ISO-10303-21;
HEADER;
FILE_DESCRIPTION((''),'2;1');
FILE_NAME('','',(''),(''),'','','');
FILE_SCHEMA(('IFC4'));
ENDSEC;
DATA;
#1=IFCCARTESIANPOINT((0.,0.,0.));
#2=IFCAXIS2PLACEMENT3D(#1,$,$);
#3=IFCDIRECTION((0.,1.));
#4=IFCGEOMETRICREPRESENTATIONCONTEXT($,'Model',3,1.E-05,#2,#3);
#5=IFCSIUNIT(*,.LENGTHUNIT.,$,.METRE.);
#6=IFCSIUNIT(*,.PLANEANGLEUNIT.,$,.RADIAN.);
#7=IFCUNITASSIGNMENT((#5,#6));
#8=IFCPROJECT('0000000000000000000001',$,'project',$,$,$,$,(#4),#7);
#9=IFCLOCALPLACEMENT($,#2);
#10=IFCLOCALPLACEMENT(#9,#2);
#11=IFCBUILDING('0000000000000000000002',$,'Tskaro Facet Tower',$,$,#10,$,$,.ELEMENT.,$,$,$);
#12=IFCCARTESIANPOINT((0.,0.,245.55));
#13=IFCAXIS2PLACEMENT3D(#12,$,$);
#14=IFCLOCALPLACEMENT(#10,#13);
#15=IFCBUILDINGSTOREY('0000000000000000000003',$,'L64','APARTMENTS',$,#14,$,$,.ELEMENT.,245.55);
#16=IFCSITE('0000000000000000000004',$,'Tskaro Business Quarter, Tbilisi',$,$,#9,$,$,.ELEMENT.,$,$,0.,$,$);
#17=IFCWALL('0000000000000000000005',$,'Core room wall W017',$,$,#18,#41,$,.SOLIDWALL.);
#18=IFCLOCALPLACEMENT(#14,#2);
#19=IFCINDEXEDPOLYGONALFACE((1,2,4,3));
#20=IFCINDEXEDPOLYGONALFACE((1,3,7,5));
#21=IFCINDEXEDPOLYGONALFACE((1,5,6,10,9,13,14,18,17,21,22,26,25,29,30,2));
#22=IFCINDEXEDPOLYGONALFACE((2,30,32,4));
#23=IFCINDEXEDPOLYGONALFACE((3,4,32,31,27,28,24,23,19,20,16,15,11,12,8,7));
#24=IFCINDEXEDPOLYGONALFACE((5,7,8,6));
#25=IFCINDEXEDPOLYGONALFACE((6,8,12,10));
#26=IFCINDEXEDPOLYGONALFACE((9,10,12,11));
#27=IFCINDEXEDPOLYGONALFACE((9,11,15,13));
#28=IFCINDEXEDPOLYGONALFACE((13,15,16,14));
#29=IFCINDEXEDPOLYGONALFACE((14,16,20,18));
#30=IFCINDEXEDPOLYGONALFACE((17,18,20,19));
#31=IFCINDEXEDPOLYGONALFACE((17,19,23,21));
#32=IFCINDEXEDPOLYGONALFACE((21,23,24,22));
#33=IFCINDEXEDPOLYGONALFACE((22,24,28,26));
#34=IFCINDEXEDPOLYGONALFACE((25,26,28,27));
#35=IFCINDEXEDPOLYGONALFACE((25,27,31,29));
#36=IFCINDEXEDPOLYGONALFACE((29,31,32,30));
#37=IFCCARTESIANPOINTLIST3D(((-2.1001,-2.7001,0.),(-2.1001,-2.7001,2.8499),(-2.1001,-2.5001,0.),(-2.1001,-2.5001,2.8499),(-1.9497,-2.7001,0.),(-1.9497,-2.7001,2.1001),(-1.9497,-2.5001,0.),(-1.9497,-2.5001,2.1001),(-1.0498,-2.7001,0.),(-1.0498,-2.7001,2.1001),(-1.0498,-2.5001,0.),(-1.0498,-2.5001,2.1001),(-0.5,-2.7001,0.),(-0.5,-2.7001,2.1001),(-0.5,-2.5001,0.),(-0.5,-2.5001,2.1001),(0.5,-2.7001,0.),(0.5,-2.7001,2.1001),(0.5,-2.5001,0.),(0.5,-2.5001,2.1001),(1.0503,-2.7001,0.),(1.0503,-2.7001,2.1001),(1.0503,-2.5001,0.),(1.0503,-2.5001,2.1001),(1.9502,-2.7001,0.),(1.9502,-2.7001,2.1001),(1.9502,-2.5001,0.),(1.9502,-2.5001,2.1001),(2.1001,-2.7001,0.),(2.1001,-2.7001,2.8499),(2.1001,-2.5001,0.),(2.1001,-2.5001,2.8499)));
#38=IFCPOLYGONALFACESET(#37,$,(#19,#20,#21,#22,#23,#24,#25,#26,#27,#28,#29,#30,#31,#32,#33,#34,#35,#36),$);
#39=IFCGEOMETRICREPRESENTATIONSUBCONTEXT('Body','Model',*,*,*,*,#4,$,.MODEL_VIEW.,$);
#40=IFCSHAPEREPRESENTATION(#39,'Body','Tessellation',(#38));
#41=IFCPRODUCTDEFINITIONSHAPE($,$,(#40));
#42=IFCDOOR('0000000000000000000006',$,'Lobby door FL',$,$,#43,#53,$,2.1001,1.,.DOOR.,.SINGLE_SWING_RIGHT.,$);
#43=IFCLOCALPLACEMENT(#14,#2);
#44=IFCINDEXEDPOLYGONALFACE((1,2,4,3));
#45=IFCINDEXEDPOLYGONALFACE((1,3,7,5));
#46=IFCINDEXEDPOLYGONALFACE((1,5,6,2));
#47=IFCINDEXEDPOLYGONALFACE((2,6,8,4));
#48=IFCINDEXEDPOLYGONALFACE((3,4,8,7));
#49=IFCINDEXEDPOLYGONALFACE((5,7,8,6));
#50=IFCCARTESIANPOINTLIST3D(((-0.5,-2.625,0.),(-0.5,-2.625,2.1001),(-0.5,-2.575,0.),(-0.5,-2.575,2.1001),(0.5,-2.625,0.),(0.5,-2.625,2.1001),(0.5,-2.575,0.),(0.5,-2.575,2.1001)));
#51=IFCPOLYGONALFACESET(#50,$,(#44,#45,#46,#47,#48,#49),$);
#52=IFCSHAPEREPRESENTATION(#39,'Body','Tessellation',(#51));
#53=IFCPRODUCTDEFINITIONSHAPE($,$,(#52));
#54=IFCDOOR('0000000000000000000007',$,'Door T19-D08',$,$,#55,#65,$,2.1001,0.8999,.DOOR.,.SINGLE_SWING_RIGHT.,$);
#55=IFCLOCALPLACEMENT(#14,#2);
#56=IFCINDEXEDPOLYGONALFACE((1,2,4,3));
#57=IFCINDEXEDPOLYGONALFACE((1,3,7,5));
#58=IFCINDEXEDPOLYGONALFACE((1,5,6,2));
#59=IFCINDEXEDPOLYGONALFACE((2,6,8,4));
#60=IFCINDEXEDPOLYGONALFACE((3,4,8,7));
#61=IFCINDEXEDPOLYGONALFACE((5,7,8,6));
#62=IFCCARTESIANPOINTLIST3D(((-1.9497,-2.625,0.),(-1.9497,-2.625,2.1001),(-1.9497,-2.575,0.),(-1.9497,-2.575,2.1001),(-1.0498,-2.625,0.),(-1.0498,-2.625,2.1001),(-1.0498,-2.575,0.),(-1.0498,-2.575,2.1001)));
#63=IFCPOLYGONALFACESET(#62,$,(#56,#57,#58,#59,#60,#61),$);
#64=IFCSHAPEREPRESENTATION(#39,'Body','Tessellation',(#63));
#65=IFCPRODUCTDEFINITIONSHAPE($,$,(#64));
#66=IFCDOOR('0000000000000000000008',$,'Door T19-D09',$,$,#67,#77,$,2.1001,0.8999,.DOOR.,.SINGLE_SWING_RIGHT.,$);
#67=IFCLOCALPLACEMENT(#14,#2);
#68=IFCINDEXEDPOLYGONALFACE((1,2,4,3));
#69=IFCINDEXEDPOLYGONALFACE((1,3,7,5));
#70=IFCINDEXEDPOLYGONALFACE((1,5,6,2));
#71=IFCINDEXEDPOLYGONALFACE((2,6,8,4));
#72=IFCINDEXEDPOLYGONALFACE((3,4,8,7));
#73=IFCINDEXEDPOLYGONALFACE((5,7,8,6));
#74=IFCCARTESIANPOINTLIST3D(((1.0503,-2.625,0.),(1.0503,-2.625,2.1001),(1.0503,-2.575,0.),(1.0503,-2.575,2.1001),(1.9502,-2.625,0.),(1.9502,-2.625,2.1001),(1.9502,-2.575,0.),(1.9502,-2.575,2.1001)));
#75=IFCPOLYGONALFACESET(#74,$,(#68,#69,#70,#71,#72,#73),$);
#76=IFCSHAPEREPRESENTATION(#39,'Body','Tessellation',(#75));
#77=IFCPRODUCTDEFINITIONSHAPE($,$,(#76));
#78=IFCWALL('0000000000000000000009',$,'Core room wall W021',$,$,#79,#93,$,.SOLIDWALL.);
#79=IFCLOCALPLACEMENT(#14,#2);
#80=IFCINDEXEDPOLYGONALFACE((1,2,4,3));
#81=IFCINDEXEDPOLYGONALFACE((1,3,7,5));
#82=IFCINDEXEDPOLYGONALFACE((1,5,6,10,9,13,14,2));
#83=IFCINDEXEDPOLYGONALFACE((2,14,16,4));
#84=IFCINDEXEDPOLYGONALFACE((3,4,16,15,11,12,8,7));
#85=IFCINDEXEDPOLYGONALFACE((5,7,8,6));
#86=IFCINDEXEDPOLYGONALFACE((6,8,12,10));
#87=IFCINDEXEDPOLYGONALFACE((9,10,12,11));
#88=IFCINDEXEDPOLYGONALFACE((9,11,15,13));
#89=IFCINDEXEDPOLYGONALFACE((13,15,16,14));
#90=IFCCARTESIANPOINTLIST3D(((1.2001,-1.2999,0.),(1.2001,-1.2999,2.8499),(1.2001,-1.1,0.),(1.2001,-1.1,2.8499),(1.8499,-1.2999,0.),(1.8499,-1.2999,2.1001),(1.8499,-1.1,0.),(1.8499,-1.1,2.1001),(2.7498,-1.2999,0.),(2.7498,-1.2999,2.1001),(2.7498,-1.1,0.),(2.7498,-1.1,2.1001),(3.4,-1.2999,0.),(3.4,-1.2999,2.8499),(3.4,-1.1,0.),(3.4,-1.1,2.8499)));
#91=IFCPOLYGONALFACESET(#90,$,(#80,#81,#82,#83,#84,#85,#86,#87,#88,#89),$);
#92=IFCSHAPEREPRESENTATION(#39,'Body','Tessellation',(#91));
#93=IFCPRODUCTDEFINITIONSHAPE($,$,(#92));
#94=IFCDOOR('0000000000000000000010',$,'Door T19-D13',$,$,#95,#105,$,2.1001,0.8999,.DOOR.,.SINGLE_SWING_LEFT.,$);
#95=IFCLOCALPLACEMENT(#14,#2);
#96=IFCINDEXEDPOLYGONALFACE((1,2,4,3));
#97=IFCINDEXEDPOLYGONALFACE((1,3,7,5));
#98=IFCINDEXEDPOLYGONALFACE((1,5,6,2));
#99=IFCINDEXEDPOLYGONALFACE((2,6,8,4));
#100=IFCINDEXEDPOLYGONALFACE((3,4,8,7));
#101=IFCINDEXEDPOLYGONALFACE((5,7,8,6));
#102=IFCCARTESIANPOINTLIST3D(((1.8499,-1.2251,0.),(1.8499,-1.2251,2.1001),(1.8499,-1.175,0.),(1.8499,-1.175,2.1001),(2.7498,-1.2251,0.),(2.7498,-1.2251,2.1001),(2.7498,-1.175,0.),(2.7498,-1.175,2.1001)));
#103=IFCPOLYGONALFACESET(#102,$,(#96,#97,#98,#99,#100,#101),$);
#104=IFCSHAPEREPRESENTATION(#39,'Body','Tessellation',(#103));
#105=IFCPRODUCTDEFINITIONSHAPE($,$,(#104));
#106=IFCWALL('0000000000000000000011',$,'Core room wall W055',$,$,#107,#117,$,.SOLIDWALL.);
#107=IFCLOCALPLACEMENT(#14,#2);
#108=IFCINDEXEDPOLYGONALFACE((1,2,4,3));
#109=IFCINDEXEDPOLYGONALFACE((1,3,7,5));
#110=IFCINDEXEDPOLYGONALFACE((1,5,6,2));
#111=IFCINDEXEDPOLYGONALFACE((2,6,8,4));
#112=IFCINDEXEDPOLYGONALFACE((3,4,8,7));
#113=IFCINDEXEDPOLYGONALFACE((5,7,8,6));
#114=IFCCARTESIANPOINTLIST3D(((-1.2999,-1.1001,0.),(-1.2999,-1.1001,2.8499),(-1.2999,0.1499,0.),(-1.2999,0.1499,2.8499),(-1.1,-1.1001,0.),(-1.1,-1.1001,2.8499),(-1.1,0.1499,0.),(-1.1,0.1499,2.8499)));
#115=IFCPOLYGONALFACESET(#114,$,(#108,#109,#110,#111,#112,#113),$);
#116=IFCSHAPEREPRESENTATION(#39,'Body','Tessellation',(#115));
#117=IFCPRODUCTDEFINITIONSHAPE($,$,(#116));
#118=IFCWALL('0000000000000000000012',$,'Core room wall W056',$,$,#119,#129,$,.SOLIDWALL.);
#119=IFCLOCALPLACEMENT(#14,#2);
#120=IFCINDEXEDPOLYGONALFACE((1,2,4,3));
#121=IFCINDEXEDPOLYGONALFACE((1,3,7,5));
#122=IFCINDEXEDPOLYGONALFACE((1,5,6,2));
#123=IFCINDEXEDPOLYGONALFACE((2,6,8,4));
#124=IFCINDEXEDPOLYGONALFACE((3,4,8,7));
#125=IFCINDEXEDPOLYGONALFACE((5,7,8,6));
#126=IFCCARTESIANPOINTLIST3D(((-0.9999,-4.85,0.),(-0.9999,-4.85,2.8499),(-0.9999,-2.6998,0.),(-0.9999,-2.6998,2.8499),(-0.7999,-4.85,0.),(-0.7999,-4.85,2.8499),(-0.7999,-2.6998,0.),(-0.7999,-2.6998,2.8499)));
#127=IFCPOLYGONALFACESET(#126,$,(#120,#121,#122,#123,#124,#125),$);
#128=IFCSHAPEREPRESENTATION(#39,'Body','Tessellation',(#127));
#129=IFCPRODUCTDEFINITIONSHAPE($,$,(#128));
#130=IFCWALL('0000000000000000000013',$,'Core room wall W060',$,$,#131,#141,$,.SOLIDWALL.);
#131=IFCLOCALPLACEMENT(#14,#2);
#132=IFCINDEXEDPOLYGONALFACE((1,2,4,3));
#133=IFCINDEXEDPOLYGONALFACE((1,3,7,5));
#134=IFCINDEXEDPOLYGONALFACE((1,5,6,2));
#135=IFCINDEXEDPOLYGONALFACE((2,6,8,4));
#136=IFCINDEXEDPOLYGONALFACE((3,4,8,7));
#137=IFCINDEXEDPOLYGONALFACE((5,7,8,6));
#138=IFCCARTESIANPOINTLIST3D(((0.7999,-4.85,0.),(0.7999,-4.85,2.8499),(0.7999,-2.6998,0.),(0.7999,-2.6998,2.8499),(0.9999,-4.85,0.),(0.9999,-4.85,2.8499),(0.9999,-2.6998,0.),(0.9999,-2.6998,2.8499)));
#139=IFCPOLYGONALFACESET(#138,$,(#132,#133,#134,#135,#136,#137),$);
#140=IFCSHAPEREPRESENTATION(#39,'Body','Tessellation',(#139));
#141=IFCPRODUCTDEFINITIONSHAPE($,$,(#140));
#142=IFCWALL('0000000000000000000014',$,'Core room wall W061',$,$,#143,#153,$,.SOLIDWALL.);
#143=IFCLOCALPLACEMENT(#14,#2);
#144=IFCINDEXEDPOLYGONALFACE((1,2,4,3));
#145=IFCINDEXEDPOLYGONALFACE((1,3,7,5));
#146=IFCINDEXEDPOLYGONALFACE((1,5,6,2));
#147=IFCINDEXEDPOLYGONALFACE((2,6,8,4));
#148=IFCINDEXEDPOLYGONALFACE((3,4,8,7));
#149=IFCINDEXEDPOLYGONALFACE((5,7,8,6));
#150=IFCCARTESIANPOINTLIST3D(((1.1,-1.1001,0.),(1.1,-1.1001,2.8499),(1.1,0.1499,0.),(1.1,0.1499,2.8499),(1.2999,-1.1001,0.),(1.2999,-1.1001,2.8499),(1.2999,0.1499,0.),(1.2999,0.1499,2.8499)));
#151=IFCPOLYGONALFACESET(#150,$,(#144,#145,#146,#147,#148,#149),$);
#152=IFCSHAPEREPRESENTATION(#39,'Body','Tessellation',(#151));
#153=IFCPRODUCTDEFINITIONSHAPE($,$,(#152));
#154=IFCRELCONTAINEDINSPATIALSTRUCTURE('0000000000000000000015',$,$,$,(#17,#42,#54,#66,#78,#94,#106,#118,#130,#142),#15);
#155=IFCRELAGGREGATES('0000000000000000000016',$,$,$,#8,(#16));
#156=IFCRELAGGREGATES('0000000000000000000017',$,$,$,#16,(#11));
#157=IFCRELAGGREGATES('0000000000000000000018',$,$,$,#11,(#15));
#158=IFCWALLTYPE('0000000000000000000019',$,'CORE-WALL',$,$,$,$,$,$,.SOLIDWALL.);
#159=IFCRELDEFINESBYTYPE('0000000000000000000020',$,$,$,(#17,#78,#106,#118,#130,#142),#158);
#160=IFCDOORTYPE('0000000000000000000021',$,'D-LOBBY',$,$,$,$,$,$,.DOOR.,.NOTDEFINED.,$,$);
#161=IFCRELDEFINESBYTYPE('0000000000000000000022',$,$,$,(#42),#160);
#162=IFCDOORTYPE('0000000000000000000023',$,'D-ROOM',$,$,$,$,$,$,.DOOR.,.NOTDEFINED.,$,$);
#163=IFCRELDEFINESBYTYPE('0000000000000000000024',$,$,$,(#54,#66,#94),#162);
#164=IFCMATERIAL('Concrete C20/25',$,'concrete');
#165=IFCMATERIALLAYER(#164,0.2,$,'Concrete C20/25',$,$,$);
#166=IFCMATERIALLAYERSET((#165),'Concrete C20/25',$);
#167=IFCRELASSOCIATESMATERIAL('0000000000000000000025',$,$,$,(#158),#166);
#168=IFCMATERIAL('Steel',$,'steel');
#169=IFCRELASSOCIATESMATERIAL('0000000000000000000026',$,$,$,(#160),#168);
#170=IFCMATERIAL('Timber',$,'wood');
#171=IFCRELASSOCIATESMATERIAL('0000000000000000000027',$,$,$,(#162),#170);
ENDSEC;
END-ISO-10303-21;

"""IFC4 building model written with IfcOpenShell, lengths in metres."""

from ifc_helpers import new_model, si_unit, direction, frame, frame_2d, origin, place, context, subcontext, project, spatial, rectangle, extrude, material, layer, layer_set, type_object, element, fill, save


model = new_model("IFC4")

# Units and contexts
model_context = context("Model", 3, precision=1e-05, world=origin(), true_north=direction((0.0, 1.0)))
body_context = subcontext(model_context, "Body", "Model", "MODEL_VIEW")
ifc_project = project(units=[si_unit("LENGTHUNIT", "METRE"), si_unit("PLANEANGLEUNIT", "RADIAN")], contexts=[model_context])

# Site, building, storey
site_placement = place(None, origin())
site = spatial("IfcSite", under=ifc_project, at=site_placement, Name="Tskaro Business Quarter, Tbilisi", CompositionType="ELEMENT", RefElevation=0.0)
building_placement = place(site_placement, origin())
building = spatial("IfcBuilding", under=site, at=building_placement, Name="Tskaro Facet Tower", CompositionType="ELEMENT")
storey_placement = place(building_placement, frame((0.0, 0.0, 245.55)))
storey = spatial("IfcBuildingStorey", under=building, at=storey_placement, Name="L64", Description="APARTMENTS", CompositionType="ELEMENT", Elevation=245.55)

# Shared definitions
ifc_material_1 = material(Name="Steel", Category="steel")

# Shared definitions
ifc_material_2 = material(Name="Concrete C20/25", Category="concrete")
ifc_layer_1 = layer(ifc_material_2, 0.2, Name="Concrete C20/25")
ifc_layer_set_1 = layer_set([ifc_layer_1], Name="Concrete C20/25")
wall_type_1 = type_object("IfcWallType", Name="CORE-WALL", PredefinedType="SOLIDWALL", material=ifc_layer_set_1)

# Wall, openings, doors
wall_1_placement = place(storey_placement, frame((2.1001, -2.6001, 0.0), z_axis=(0.0, 0.0, 1.0), x_axis=(-1.0, 0.0, 0.0)))
wall_1 = element("IfcWall", 1, at=wall_1_placement, inside=storey, type_object=wall_type_1, Name="Core room wall W017", PredefinedType="SOLIDWALL", context=body_context, shape_type="SweptSolid", body=[
    extrude(rectangle(XDim=4.2002, YDim=0.2, at=frame_2d((2.1001, 0.0))), origin(), (0.0, 0.0, 1.0), 2.8499),
])
opening_1_placement = place(wall_1_placement, frame((1.6001, 0.0, 0.0)))
opening_1 = element("IfcOpeningElement", 2, at=opening_1_placement, cuts=wall_1, PredefinedType="OPENING", context=body_context, shape_type="SweptSolid", body=[
    extrude(rectangle(XDim=1.0, YDim=2.1001, at=frame_2d((0.5, 1.05))), frame((0.0, 0.1099, 0.0), z_axis=(0.0, -1.0, 0.0), x_axis=(1.0, 0.0, 0.0)), (0.0, 0.0, 1.0), 0.22),
])
opening_2_placement = place(wall_1_placement, frame((3.1499, 0.0, 0.0)))
opening_2 = element("IfcOpeningElement", 3, at=opening_2_placement, cuts=wall_1, PredefinedType="OPENING", context=body_context, shape_type="SweptSolid", body=[
    extrude(rectangle(XDim=0.8999, YDim=2.1001, at=frame_2d((0.45, 1.05))), frame((0.0, 0.1099, 0.0), z_axis=(0.0, -1.0, 0.0), x_axis=(1.0, 0.0, 0.0)), (0.0, 0.0, 1.0), 0.22),
])
opening_3_placement = place(wall_1_placement, frame((0.1499, 0.0, 0.0)))
opening_3 = element("IfcOpeningElement", 4, at=opening_3_placement, cuts=wall_1, PredefinedType="OPENING", context=body_context, shape_type="SweptSolid", body=[
    extrude(rectangle(XDim=0.8999, YDim=2.1001, at=frame_2d((0.45, 1.05))), frame((0.0, 0.1099, 0.0), z_axis=(0.0, -1.0, 0.0), x_axis=(1.0, 0.0, 0.0)), (0.0, 0.0, 1.0), 0.22),
])
door_type_1 = type_object("IfcDoorType", Name="D-LOBBY", OperationType="NOTDEFINED", PredefinedType="DOOR", material=ifc_material_1)
door_1_placement = place(opening_1_placement, origin())
door_1 = element("IfcDoor", 5, at=door_1_placement, inside=storey, type_object=door_type_1, Name="Lobby door FL", OperationType="SINGLE_SWING_RIGHT", OverallHeight=2.1001, OverallWidth=1.0, PredefinedType="DOOR", context=body_context, shape_type="SweptSolid", body=[
    extrude(rectangle(XDim=1.0, YDim=2.1001, at=frame_2d((0.5, 1.05))), frame((0.0, 0.0249, 0.0), z_axis=(0.0, -1.0, 0.0), x_axis=(1.0, 0.0, 0.0)), (0.0, 0.0, 1.0), 0.05),
])
fill(opening_1, door_1)
ifc_material_3 = material(Name="Timber", Category="wood")
door_type_2 = type_object("IfcDoorType", Name="D-ROOM", OperationType="NOTDEFINED", PredefinedType="DOOR", material=ifc_material_3)
door_2_placement = place(opening_2_placement, origin())
door_2 = element("IfcDoor", 6, at=door_2_placement, inside=storey, type_object=door_type_2, Name="Door T19-D08", OperationType="SINGLE_SWING_RIGHT", OverallHeight=2.1001, OverallWidth=0.8999, PredefinedType="DOOR", context=body_context, shape_type="SweptSolid", body=[
    extrude(rectangle(XDim=0.8999, YDim=2.1001, at=frame_2d((0.45, 1.05))), frame((0.0, 0.0249, 0.0), z_axis=(0.0, -1.0, 0.0), x_axis=(1.0, 0.0, 0.0)), (0.0, 0.0, 1.0), 0.05),
])
fill(opening_2, door_2)
door_3_placement = place(opening_3_placement, origin())
door_3 = element("IfcDoor", 7, at=door_3_placement, inside=storey, type_object=door_type_2, Name="Door T19-D09", OperationType="SINGLE_SWING_RIGHT", OverallHeight=2.1001, OverallWidth=0.8999, PredefinedType="DOOR", context=body_context, shape_type="SweptSolid", body=[
    extrude(rectangle(XDim=0.8999, YDim=2.1001, at=frame_2d((0.45, 1.05))), frame((0.0, 0.0249, 0.0), z_axis=(0.0, -1.0, 0.0), x_axis=(1.0, 0.0, 0.0)), (0.0, 0.0, 1.0), 0.05),
])
fill(opening_3, door_3)

# Wall, opening, door
wall_2_placement = place(storey_placement, frame((1.2, -1.2, 0.0), z_axis=(0.0, 0.0, 1.0), x_axis=(1.0, 0.0, 0.0)))
wall_2 = element("IfcWall", 8, at=wall_2_placement, inside=storey, type_object=wall_type_1, Name="Core room wall W021", PredefinedType="SOLIDWALL", context=body_context, shape_type="SweptSolid", body=[
    extrude(rectangle(XDim=2.2, YDim=0.2, at=frame_2d((1.1001, 0.0))), origin(), (0.0, 0.0, 1.0), 2.8499),
])
opening_4_placement = place(wall_2_placement, frame((0.6499, 0.0, 0.0)))
opening_4 = element("IfcOpeningElement", 9, at=opening_4_placement, cuts=wall_2, PredefinedType="OPENING", context=body_context, shape_type="SweptSolid", body=[
    extrude(rectangle(XDim=0.8999, YDim=2.1001, at=frame_2d((0.45, 1.05))), frame((0.0, 0.1099, 0.0), z_axis=(0.0, -1.0, 0.0), x_axis=(1.0, 0.0, 0.0)), (0.0, 0.0, 1.0), 0.22),
])
door_4_placement = place(opening_4_placement, origin())
door_4 = element("IfcDoor", 10, at=door_4_placement, inside=storey, type_object=door_type_2, Name="Door T19-D13", OperationType="SINGLE_SWING_LEFT", OverallHeight=2.1001, OverallWidth=0.8999, PredefinedType="DOOR", context=body_context, shape_type="SweptSolid", body=[
    extrude(rectangle(XDim=0.8999, YDim=2.1001, at=frame_2d((0.45, 1.05))), frame((0.0, 0.0249, 0.0), z_axis=(0.0, -1.0, 0.0), x_axis=(1.0, 0.0, 0.0)), (0.0, 0.0, 1.0), 0.05),
])
fill(opening_4, door_4)

# Walls
wall_3_placement = place(storey_placement, frame((-1.2, -1.1001, 0.0), z_axis=(0.0, 0.0, 1.0), x_axis=(0.0, 1.0, 0.0)))
element("IfcWall", 11, at=wall_3_placement, inside=storey, type_object=wall_type_1, Name="Core room wall W055", PredefinedType="SOLIDWALL", context=body_context, shape_type="SweptSolid", body=[
    extrude(rectangle(XDim=1.25, YDim=0.2, at=frame_2d((0.625, 0.0))), origin(), (0.0, 0.0, 1.0), 2.8499),
])
for number, where, z_axis, x_axis, name in (
    (12, (-0.8999, -4.8501, 0.0), (0.0, 0.0, 1.0), (0.0, 1.0, 0.0), "Core room wall W056"),
    (13, (0.8999, -4.8501, 0.0), (0.0, 0.0, 1.0), (0.0, 1.0, 0.0), "Core room wall W060"),
):
    element("IfcWall", number, at=place(storey_placement, frame(where, z_axis=z_axis, x_axis=x_axis)), inside=storey, type_object=wall_type_1, Name=name, PredefinedType="SOLIDWALL", context=body_context, shape_type="SweptSolid", body=[
        extrude(rectangle(XDim=2.1501, YDim=0.2, at=frame_2d((1.0752, 0.0))), origin(), (0.0, 0.0, 1.0), 2.8499),
    ])
wall_4_placement = place(storey_placement, frame((1.2, -1.1001, 0.0), z_axis=(0.0, 0.0, 1.0), x_axis=(0.0, 1.0, 0.0)))
element("IfcWall", 14, at=wall_4_placement, inside=storey, type_object=wall_type_1, Name="Core room wall W061", PredefinedType="SOLIDWALL", context=body_context, shape_type="SweptSolid", body=[
    extrude(rectangle(XDim=1.25, YDim=0.2, at=frame_2d((0.625, 0.0))), origin(), (0.0, 0.0, 1.0), 2.8499),
])

save(model, "model.ifc")
